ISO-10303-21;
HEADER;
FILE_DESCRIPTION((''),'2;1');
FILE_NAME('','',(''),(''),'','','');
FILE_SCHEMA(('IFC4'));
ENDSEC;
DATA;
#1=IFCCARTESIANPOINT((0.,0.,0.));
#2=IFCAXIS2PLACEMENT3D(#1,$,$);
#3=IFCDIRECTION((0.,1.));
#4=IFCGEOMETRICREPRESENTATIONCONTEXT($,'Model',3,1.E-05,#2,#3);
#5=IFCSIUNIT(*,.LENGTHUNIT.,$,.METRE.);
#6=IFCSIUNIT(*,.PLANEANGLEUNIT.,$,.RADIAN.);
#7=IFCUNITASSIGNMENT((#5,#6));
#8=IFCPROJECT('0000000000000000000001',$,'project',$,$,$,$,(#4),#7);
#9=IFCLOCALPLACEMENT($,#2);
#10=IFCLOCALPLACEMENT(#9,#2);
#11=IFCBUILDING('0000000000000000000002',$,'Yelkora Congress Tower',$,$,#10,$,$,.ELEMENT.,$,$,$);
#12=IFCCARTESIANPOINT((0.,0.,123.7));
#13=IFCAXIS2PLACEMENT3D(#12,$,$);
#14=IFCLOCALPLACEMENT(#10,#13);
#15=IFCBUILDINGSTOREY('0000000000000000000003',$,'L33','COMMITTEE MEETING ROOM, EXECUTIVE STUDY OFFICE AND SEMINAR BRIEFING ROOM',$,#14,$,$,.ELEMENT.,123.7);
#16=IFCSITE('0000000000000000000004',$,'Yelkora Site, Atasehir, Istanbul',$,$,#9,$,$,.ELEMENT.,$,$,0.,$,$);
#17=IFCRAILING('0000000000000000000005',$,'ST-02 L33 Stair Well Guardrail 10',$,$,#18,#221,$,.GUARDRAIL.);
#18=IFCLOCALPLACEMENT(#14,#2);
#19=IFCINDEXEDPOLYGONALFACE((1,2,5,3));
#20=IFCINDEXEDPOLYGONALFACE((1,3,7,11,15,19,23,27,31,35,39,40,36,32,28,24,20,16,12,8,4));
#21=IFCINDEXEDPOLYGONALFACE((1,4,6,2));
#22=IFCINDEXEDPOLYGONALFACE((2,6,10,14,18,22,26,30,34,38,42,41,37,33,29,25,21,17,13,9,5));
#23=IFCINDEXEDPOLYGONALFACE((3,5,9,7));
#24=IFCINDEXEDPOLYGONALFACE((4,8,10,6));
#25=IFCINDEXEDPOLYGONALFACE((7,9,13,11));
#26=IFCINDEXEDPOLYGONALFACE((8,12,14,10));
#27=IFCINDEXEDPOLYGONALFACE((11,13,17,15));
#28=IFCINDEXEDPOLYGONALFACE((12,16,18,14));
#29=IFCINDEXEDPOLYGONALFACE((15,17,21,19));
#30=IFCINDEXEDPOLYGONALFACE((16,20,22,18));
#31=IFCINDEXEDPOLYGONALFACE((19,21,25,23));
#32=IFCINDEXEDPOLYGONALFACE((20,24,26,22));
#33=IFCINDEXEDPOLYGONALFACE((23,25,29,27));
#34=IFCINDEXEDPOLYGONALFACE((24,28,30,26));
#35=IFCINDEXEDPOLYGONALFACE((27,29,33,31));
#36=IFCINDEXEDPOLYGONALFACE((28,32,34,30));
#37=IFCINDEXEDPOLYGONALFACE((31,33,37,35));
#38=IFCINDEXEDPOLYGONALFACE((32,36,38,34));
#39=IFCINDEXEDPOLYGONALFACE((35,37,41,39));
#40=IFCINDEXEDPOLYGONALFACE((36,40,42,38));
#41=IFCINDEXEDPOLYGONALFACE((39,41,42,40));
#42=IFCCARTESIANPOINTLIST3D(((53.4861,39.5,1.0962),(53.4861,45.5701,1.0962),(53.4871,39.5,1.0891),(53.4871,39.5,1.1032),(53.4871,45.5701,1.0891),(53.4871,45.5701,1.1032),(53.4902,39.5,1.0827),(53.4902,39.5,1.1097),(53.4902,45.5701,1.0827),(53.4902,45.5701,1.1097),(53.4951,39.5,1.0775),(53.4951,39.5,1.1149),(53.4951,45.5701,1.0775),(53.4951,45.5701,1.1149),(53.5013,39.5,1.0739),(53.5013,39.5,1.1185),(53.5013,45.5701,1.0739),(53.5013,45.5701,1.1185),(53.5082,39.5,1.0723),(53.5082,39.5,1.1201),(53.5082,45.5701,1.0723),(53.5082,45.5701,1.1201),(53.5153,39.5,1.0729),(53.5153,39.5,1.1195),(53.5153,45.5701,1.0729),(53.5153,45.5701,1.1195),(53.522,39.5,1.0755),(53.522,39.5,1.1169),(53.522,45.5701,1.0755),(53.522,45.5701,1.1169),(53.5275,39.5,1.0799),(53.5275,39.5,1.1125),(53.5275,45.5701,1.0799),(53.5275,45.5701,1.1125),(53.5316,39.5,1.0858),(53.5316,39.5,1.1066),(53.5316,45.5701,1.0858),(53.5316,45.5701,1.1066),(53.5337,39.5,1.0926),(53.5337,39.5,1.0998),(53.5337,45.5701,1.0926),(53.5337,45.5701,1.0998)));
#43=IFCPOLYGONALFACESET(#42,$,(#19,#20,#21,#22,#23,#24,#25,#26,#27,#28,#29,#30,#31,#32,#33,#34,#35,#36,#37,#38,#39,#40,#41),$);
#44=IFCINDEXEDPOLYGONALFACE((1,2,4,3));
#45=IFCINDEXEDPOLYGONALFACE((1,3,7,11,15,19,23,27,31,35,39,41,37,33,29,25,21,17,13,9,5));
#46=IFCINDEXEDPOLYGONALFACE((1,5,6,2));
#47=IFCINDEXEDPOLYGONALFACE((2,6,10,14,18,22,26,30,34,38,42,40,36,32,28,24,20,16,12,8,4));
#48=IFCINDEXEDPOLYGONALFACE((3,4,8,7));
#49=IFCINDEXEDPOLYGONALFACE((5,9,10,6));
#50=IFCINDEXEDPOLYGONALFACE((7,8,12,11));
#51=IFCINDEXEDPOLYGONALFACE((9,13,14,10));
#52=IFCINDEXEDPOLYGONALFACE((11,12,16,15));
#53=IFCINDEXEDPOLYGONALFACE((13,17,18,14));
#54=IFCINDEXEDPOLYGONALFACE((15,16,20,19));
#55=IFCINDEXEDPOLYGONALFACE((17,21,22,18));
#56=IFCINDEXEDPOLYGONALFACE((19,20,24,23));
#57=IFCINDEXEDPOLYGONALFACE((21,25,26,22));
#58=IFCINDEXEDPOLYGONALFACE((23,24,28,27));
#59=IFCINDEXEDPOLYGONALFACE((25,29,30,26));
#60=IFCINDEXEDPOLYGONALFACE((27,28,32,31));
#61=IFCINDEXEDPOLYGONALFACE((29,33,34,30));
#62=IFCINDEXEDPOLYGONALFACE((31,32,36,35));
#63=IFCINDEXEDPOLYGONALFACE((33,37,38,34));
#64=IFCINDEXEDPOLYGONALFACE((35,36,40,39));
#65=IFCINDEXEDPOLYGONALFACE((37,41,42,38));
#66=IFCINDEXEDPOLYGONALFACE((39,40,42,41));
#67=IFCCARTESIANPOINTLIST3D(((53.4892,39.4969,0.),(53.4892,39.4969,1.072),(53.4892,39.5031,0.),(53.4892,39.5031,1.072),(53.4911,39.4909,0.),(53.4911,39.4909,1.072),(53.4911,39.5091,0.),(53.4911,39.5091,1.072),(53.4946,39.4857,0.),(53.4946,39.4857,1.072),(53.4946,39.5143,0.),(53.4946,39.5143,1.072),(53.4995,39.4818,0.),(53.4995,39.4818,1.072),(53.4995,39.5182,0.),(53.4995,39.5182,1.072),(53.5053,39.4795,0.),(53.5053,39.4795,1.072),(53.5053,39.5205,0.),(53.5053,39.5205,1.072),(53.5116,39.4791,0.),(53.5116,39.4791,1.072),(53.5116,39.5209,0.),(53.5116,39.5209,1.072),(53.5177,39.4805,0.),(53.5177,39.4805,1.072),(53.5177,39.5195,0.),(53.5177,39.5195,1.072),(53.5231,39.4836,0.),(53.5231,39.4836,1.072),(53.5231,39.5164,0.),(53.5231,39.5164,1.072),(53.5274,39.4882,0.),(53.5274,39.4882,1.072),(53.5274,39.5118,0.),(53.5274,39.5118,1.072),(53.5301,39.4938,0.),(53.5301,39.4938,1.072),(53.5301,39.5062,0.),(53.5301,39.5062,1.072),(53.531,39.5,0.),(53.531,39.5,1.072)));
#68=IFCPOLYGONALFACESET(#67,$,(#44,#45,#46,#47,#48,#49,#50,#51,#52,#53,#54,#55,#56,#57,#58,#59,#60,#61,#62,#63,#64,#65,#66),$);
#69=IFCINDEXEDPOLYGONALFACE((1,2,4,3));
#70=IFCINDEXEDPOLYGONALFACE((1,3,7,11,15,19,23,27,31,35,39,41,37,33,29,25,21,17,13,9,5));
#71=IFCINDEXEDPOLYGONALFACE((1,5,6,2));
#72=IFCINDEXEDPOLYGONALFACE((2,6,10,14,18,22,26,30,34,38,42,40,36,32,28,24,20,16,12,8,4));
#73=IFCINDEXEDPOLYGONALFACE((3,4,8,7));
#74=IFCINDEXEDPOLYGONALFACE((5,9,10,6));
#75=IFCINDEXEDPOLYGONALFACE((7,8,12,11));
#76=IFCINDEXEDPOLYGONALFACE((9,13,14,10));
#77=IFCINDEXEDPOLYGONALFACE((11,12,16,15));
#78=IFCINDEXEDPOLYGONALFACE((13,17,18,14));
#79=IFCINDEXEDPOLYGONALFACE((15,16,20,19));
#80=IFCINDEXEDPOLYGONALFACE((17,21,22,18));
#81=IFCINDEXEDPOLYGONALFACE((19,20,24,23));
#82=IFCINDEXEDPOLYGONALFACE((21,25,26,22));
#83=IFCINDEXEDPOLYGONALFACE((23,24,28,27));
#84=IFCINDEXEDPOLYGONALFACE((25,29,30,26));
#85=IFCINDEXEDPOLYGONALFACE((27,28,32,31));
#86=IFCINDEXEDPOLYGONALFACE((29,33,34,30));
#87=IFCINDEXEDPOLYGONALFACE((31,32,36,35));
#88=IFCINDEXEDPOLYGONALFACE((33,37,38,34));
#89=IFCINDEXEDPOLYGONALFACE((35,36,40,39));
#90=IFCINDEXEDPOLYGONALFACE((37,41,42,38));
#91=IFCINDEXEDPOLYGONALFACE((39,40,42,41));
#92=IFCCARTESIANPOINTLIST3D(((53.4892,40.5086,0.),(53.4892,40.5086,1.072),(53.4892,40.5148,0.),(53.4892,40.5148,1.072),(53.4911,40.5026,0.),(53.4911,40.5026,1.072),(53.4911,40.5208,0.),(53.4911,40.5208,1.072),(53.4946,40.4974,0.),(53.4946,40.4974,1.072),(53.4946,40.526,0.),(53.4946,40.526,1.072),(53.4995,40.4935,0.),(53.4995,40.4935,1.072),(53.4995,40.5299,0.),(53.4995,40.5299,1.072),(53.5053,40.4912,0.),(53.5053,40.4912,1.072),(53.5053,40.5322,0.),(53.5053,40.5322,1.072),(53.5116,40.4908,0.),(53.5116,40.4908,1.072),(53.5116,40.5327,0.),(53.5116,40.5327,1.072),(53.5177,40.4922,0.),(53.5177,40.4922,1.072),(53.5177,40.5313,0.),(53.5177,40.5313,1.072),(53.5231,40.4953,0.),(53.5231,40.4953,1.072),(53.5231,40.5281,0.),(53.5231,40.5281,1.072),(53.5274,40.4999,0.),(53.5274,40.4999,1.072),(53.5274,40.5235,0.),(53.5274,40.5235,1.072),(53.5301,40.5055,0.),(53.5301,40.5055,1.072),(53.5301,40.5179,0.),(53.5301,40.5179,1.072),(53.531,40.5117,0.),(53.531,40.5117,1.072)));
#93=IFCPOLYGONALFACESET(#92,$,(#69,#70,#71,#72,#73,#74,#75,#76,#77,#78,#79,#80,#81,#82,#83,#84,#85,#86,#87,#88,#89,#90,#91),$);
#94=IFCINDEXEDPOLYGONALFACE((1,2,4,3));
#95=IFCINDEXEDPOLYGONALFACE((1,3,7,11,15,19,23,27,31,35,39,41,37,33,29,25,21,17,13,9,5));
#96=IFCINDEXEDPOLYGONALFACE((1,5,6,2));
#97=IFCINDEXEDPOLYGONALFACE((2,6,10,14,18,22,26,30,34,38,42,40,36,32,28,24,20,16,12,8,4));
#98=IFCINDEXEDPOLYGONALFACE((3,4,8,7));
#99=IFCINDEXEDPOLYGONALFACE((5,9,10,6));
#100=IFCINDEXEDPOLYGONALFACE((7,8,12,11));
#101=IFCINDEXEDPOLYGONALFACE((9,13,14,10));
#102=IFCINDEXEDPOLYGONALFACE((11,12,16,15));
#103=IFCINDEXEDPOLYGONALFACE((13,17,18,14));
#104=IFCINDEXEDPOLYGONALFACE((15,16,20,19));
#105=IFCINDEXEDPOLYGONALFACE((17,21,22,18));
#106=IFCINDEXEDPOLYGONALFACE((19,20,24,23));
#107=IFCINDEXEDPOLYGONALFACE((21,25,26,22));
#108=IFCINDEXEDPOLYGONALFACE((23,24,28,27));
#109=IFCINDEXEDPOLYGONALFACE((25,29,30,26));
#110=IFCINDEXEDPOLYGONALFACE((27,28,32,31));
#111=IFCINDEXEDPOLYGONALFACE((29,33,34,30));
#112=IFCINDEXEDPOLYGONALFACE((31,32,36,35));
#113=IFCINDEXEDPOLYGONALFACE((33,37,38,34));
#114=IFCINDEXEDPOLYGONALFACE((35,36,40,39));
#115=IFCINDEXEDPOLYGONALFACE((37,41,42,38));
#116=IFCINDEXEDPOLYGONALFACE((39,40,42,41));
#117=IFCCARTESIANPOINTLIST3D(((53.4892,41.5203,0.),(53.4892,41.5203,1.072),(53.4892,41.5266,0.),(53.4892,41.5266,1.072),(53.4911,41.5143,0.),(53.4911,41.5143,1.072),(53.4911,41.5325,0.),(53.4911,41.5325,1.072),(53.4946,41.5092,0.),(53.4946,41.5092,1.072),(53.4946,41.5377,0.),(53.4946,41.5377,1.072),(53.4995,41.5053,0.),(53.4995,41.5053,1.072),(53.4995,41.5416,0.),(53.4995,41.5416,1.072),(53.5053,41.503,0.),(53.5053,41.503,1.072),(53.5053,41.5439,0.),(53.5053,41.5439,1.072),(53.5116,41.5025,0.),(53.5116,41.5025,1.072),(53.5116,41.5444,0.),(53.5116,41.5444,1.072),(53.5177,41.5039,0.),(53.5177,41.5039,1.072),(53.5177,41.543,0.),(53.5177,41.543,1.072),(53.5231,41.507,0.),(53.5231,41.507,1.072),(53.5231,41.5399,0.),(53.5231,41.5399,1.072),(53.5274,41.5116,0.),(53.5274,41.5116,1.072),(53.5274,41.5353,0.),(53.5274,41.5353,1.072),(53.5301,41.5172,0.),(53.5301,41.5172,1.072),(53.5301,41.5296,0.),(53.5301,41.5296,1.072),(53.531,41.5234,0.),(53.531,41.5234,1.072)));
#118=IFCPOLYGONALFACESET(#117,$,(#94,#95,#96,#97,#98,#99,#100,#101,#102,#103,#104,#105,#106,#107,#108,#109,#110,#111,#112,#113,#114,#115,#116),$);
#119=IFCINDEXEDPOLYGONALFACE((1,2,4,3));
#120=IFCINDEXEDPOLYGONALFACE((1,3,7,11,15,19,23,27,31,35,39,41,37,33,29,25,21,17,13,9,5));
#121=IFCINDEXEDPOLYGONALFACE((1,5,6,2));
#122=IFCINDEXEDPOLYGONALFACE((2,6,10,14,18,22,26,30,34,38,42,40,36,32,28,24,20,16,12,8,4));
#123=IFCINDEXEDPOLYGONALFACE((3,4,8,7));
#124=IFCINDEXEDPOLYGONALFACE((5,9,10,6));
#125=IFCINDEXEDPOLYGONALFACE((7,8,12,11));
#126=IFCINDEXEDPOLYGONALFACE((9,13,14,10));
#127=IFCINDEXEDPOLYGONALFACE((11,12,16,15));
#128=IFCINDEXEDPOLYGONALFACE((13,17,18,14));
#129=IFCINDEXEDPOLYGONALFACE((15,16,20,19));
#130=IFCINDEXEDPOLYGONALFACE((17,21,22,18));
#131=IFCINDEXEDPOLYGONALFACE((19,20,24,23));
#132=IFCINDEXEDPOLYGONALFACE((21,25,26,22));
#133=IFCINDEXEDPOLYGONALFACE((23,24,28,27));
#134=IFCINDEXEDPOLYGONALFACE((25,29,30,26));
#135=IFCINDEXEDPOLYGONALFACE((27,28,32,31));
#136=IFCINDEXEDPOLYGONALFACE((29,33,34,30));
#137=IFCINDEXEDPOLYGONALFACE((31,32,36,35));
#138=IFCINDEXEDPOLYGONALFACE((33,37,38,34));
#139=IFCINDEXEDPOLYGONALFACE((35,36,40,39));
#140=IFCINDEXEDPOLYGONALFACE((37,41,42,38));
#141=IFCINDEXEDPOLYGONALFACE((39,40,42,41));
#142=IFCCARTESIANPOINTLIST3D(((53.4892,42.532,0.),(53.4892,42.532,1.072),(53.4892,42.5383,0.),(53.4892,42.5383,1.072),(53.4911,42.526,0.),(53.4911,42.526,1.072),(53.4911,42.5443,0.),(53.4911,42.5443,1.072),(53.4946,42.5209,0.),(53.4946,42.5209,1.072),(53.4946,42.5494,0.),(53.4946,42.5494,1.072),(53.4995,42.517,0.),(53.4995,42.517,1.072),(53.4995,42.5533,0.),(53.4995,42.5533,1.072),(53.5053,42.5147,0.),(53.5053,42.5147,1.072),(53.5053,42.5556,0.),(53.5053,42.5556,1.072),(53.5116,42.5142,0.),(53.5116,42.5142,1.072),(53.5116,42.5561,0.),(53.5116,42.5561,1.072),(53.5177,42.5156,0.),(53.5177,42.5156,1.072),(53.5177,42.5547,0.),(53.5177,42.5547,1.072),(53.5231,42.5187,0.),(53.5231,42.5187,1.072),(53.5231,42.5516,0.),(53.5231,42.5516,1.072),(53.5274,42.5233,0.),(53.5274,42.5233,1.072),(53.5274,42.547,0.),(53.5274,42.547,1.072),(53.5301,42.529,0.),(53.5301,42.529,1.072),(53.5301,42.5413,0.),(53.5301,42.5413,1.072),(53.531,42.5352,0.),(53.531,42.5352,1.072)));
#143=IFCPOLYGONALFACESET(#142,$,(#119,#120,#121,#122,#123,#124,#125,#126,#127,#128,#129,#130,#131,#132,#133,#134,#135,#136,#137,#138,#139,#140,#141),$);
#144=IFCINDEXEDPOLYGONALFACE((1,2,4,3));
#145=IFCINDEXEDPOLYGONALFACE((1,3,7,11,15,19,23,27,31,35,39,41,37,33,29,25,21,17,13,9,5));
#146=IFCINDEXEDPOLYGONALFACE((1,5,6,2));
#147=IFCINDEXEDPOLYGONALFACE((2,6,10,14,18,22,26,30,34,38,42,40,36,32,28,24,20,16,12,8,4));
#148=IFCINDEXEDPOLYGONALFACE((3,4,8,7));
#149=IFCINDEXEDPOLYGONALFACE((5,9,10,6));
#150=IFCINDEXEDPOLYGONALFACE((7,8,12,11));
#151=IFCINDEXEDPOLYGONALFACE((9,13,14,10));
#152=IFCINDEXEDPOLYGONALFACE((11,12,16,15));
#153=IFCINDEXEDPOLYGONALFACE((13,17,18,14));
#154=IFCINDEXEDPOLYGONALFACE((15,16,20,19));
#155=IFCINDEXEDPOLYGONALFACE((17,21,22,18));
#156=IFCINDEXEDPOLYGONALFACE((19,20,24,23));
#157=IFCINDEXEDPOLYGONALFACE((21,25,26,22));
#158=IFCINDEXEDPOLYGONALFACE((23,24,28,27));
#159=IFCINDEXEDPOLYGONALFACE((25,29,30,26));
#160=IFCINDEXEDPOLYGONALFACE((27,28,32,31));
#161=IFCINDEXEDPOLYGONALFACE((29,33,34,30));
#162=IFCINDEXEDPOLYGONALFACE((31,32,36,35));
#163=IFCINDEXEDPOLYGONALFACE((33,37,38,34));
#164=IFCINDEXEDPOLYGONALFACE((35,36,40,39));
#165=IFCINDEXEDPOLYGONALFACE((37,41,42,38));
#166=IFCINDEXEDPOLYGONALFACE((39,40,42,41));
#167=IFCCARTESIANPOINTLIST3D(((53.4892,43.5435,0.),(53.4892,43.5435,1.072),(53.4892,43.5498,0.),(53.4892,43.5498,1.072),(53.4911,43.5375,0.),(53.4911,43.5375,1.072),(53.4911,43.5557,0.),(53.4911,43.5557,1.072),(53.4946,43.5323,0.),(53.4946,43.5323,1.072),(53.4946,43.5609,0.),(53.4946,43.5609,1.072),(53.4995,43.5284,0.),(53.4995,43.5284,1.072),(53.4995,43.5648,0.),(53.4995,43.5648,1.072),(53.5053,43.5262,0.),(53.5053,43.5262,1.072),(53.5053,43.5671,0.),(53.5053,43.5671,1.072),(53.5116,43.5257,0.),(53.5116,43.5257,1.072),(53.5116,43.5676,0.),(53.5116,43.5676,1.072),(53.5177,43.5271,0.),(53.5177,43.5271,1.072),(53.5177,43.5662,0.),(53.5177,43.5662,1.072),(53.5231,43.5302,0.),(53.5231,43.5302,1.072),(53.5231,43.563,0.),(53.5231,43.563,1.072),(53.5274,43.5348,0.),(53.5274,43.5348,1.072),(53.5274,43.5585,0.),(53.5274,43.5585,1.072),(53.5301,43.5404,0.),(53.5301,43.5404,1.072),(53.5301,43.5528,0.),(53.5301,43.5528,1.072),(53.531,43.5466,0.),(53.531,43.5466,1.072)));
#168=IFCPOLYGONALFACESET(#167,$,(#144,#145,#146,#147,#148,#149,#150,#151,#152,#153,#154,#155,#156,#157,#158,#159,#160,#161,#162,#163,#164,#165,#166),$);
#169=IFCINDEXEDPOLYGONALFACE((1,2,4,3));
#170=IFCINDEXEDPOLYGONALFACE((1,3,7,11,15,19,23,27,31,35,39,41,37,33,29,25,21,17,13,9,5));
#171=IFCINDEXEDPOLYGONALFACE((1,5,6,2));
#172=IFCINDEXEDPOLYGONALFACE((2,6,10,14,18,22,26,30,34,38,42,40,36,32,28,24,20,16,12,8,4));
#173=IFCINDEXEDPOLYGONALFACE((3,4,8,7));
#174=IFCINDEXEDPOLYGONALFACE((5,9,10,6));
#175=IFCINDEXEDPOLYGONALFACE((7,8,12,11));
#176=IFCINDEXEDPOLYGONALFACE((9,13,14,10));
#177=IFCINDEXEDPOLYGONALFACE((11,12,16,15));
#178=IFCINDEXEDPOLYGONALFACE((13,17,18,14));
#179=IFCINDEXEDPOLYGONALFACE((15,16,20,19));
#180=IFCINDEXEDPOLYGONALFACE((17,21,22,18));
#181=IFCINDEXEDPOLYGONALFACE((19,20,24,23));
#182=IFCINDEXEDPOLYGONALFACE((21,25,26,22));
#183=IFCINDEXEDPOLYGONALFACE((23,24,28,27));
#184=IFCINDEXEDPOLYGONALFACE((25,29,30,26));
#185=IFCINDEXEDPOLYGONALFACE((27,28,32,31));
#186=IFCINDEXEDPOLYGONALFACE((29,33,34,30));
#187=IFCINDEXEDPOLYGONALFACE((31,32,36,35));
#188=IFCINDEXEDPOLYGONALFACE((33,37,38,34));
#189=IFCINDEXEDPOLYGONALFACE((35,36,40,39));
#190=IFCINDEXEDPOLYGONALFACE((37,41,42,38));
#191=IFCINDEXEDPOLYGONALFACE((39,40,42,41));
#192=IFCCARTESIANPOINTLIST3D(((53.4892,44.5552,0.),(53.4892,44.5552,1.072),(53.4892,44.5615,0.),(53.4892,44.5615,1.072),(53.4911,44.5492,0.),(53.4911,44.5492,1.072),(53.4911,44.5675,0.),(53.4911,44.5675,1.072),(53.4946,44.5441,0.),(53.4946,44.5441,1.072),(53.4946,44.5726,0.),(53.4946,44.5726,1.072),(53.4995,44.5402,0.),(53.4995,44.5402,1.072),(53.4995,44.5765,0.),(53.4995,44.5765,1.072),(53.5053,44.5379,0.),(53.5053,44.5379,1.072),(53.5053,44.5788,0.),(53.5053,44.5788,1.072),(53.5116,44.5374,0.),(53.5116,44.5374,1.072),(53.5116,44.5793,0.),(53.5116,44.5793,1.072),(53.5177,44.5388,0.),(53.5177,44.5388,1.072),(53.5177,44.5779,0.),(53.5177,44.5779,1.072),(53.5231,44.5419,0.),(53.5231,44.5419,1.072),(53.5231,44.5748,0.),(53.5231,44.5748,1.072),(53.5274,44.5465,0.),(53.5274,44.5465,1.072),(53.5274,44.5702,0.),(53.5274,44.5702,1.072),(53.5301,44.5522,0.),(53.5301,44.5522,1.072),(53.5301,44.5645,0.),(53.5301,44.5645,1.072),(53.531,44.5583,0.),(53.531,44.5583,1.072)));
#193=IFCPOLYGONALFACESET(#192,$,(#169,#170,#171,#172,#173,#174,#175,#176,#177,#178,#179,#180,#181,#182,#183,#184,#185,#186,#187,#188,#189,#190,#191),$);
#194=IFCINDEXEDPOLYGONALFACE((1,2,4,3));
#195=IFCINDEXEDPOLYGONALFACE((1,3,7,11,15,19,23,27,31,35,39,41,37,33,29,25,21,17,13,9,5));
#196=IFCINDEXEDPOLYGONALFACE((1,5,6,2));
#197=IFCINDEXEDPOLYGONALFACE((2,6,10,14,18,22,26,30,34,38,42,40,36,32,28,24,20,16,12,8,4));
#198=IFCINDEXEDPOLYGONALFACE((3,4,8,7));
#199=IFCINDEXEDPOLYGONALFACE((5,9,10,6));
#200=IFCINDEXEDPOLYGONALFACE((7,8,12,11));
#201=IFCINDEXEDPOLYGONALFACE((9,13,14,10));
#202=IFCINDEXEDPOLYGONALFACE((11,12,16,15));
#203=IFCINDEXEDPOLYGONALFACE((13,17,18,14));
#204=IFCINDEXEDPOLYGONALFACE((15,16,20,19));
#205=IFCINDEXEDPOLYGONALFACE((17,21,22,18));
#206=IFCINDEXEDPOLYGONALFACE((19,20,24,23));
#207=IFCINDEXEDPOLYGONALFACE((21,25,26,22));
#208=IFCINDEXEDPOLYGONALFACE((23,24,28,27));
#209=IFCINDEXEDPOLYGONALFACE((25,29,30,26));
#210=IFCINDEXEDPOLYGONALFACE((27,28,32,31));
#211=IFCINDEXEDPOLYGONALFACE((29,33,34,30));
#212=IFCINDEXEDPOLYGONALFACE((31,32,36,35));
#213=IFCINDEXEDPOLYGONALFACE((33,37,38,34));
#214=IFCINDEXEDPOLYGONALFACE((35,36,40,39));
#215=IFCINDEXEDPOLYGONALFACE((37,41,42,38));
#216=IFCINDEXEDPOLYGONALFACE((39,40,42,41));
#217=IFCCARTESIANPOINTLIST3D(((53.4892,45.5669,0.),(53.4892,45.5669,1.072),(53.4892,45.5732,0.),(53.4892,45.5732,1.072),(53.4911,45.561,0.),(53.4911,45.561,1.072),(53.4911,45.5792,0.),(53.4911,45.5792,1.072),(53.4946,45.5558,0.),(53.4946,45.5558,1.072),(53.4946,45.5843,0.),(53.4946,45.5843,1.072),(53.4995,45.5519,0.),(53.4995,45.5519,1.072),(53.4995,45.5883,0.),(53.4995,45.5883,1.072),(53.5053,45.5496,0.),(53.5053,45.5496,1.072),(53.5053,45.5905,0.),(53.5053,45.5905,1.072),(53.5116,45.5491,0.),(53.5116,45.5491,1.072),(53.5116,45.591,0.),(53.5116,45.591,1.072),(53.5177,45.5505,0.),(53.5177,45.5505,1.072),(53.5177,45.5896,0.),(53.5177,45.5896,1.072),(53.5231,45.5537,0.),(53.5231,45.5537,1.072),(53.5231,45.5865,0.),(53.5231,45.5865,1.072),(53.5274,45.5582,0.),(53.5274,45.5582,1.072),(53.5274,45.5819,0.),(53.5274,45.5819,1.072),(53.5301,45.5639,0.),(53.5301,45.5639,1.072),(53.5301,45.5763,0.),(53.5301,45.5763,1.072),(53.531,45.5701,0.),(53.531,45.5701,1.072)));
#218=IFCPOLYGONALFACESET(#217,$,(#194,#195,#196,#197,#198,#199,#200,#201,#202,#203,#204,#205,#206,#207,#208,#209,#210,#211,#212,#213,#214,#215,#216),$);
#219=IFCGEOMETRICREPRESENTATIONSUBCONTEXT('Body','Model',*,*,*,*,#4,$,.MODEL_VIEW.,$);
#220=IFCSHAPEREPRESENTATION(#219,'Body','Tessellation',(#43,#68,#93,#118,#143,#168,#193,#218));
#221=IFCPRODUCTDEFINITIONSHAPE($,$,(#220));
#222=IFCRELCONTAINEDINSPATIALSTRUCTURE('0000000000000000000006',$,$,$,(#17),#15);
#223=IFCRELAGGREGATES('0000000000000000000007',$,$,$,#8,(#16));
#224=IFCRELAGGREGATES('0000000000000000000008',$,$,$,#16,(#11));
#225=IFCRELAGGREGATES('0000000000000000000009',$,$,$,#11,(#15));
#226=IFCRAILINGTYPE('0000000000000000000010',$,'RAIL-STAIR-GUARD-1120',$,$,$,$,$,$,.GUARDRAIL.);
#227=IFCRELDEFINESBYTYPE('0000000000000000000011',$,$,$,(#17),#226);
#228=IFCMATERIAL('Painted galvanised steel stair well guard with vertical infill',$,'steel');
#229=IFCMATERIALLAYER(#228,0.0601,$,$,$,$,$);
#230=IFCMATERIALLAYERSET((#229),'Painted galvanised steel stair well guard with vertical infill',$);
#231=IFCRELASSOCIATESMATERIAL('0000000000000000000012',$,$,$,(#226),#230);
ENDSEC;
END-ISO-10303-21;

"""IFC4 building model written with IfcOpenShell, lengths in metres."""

from ifc_helpers import new_model, si_unit, direction, frame, origin, origin_2d, place, context, subcontext, project, spatial, circle, extrude, material, layer, layer_set, type_object, element, save


model = new_model("IFC4")

# Units and contexts
model_context = context("Model", 3, precision=1e-05, world=origin(), true_north=direction((0.0, 1.0)))
body_context = subcontext(model_context, "Body", "Model", "MODEL_VIEW")
ifc_project = project(units=[si_unit("LENGTHUNIT", "METRE"), si_unit("PLANEANGLEUNIT", "RADIAN")], contexts=[model_context])

# Site, building, storey
site_placement = place(None, origin())
site = spatial("IfcSite", under=ifc_project, at=site_placement, Name="Yelkora Site, Atasehir, Istanbul", CompositionType="ELEMENT", RefElevation=0.0)
building_placement = place(site_placement, origin())
building = spatial("IfcBuilding", under=site, at=building_placement, Name="Yelkora Congress Tower", CompositionType="ELEMENT")
storey_placement = place(building_placement, frame((0.0, 0.0, 123.7)))
storey = spatial("IfcBuildingStorey", under=building, at=storey_placement, Name="L33", Description="COMMITTEE MEETING ROOM, EXECUTIVE STUDY OFFICE AND SEMINAR BRIEFING ROOM", CompositionType="ELEMENT", Elevation=123.7)

# Railing
ifc_material_1 = material(Name="Painted galvanised steel stair well guard with vertical infill", Category="steel")
ifc_layer_1 = layer(ifc_material_1, 0.0601)
ifc_layer_set_1 = layer_set([ifc_layer_1], Name="Painted galvanised steel stair well guard with vertical infill")
railing_type = type_object("IfcRailingType", Name="RAIL-STAIR-GUARD-1120", PredefinedType="GUARDRAIL", material=ifc_layer_set_1)
railing_1_placement = place(storey_placement, frame((53.51, 39.5, 0.0)))
element("IfcRailing", 1, at=railing_1_placement, inside=storey, type_object=railing_type, Name="ST-02 L33 Stair Well Guardrail 10", PredefinedType="GUARDRAIL", context=body_context, shape_type="SweptSolid", body=[
    extrude(circle(Radius=0.0239, at=origin_2d()), frame((0.0, 0.0, 1.0962), z_axis=(0.0, 1.0, 0.0), x_axis=(-1.0, 0.0, 0.0)), (0.0, 0.0, 1.0), 6.0701),
    extrude(circle(Radius=0.021, at=origin_2d()), origin(), (0.0, 0.0, 1.0), 1.072),
    extrude(circle(Radius=0.021, at=origin_2d()), frame((0.0, 1.0117, 0.0)), (0.0, 0.0, 1.0), 1.072),
    extrude(circle(Radius=0.021, at=origin_2d()), frame((0.0, 2.0234, 0.0)), (0.0, 0.0, 1.0), 1.072),
    extrude(circle(Radius=0.021, at=origin_2d()), frame((0.0, 3.0352, 0.0)), (0.0, 0.0, 1.0), 1.072),
    extrude(circle(Radius=0.021, at=origin_2d()), frame((0.0, 4.0466, 0.0)), (0.0, 0.0, 1.0), 1.072),
    extrude(circle(Radius=0.021, at=origin_2d()), frame((0.0, 5.0583, 0.0)), (0.0, 0.0, 1.0), 1.072),
    extrude(circle(Radius=0.021, at=origin_2d()), frame((0.0, 6.0701, 0.0)), (0.0, 0.0, 1.0), 1.072),
])

save(model, "model.ifc")
